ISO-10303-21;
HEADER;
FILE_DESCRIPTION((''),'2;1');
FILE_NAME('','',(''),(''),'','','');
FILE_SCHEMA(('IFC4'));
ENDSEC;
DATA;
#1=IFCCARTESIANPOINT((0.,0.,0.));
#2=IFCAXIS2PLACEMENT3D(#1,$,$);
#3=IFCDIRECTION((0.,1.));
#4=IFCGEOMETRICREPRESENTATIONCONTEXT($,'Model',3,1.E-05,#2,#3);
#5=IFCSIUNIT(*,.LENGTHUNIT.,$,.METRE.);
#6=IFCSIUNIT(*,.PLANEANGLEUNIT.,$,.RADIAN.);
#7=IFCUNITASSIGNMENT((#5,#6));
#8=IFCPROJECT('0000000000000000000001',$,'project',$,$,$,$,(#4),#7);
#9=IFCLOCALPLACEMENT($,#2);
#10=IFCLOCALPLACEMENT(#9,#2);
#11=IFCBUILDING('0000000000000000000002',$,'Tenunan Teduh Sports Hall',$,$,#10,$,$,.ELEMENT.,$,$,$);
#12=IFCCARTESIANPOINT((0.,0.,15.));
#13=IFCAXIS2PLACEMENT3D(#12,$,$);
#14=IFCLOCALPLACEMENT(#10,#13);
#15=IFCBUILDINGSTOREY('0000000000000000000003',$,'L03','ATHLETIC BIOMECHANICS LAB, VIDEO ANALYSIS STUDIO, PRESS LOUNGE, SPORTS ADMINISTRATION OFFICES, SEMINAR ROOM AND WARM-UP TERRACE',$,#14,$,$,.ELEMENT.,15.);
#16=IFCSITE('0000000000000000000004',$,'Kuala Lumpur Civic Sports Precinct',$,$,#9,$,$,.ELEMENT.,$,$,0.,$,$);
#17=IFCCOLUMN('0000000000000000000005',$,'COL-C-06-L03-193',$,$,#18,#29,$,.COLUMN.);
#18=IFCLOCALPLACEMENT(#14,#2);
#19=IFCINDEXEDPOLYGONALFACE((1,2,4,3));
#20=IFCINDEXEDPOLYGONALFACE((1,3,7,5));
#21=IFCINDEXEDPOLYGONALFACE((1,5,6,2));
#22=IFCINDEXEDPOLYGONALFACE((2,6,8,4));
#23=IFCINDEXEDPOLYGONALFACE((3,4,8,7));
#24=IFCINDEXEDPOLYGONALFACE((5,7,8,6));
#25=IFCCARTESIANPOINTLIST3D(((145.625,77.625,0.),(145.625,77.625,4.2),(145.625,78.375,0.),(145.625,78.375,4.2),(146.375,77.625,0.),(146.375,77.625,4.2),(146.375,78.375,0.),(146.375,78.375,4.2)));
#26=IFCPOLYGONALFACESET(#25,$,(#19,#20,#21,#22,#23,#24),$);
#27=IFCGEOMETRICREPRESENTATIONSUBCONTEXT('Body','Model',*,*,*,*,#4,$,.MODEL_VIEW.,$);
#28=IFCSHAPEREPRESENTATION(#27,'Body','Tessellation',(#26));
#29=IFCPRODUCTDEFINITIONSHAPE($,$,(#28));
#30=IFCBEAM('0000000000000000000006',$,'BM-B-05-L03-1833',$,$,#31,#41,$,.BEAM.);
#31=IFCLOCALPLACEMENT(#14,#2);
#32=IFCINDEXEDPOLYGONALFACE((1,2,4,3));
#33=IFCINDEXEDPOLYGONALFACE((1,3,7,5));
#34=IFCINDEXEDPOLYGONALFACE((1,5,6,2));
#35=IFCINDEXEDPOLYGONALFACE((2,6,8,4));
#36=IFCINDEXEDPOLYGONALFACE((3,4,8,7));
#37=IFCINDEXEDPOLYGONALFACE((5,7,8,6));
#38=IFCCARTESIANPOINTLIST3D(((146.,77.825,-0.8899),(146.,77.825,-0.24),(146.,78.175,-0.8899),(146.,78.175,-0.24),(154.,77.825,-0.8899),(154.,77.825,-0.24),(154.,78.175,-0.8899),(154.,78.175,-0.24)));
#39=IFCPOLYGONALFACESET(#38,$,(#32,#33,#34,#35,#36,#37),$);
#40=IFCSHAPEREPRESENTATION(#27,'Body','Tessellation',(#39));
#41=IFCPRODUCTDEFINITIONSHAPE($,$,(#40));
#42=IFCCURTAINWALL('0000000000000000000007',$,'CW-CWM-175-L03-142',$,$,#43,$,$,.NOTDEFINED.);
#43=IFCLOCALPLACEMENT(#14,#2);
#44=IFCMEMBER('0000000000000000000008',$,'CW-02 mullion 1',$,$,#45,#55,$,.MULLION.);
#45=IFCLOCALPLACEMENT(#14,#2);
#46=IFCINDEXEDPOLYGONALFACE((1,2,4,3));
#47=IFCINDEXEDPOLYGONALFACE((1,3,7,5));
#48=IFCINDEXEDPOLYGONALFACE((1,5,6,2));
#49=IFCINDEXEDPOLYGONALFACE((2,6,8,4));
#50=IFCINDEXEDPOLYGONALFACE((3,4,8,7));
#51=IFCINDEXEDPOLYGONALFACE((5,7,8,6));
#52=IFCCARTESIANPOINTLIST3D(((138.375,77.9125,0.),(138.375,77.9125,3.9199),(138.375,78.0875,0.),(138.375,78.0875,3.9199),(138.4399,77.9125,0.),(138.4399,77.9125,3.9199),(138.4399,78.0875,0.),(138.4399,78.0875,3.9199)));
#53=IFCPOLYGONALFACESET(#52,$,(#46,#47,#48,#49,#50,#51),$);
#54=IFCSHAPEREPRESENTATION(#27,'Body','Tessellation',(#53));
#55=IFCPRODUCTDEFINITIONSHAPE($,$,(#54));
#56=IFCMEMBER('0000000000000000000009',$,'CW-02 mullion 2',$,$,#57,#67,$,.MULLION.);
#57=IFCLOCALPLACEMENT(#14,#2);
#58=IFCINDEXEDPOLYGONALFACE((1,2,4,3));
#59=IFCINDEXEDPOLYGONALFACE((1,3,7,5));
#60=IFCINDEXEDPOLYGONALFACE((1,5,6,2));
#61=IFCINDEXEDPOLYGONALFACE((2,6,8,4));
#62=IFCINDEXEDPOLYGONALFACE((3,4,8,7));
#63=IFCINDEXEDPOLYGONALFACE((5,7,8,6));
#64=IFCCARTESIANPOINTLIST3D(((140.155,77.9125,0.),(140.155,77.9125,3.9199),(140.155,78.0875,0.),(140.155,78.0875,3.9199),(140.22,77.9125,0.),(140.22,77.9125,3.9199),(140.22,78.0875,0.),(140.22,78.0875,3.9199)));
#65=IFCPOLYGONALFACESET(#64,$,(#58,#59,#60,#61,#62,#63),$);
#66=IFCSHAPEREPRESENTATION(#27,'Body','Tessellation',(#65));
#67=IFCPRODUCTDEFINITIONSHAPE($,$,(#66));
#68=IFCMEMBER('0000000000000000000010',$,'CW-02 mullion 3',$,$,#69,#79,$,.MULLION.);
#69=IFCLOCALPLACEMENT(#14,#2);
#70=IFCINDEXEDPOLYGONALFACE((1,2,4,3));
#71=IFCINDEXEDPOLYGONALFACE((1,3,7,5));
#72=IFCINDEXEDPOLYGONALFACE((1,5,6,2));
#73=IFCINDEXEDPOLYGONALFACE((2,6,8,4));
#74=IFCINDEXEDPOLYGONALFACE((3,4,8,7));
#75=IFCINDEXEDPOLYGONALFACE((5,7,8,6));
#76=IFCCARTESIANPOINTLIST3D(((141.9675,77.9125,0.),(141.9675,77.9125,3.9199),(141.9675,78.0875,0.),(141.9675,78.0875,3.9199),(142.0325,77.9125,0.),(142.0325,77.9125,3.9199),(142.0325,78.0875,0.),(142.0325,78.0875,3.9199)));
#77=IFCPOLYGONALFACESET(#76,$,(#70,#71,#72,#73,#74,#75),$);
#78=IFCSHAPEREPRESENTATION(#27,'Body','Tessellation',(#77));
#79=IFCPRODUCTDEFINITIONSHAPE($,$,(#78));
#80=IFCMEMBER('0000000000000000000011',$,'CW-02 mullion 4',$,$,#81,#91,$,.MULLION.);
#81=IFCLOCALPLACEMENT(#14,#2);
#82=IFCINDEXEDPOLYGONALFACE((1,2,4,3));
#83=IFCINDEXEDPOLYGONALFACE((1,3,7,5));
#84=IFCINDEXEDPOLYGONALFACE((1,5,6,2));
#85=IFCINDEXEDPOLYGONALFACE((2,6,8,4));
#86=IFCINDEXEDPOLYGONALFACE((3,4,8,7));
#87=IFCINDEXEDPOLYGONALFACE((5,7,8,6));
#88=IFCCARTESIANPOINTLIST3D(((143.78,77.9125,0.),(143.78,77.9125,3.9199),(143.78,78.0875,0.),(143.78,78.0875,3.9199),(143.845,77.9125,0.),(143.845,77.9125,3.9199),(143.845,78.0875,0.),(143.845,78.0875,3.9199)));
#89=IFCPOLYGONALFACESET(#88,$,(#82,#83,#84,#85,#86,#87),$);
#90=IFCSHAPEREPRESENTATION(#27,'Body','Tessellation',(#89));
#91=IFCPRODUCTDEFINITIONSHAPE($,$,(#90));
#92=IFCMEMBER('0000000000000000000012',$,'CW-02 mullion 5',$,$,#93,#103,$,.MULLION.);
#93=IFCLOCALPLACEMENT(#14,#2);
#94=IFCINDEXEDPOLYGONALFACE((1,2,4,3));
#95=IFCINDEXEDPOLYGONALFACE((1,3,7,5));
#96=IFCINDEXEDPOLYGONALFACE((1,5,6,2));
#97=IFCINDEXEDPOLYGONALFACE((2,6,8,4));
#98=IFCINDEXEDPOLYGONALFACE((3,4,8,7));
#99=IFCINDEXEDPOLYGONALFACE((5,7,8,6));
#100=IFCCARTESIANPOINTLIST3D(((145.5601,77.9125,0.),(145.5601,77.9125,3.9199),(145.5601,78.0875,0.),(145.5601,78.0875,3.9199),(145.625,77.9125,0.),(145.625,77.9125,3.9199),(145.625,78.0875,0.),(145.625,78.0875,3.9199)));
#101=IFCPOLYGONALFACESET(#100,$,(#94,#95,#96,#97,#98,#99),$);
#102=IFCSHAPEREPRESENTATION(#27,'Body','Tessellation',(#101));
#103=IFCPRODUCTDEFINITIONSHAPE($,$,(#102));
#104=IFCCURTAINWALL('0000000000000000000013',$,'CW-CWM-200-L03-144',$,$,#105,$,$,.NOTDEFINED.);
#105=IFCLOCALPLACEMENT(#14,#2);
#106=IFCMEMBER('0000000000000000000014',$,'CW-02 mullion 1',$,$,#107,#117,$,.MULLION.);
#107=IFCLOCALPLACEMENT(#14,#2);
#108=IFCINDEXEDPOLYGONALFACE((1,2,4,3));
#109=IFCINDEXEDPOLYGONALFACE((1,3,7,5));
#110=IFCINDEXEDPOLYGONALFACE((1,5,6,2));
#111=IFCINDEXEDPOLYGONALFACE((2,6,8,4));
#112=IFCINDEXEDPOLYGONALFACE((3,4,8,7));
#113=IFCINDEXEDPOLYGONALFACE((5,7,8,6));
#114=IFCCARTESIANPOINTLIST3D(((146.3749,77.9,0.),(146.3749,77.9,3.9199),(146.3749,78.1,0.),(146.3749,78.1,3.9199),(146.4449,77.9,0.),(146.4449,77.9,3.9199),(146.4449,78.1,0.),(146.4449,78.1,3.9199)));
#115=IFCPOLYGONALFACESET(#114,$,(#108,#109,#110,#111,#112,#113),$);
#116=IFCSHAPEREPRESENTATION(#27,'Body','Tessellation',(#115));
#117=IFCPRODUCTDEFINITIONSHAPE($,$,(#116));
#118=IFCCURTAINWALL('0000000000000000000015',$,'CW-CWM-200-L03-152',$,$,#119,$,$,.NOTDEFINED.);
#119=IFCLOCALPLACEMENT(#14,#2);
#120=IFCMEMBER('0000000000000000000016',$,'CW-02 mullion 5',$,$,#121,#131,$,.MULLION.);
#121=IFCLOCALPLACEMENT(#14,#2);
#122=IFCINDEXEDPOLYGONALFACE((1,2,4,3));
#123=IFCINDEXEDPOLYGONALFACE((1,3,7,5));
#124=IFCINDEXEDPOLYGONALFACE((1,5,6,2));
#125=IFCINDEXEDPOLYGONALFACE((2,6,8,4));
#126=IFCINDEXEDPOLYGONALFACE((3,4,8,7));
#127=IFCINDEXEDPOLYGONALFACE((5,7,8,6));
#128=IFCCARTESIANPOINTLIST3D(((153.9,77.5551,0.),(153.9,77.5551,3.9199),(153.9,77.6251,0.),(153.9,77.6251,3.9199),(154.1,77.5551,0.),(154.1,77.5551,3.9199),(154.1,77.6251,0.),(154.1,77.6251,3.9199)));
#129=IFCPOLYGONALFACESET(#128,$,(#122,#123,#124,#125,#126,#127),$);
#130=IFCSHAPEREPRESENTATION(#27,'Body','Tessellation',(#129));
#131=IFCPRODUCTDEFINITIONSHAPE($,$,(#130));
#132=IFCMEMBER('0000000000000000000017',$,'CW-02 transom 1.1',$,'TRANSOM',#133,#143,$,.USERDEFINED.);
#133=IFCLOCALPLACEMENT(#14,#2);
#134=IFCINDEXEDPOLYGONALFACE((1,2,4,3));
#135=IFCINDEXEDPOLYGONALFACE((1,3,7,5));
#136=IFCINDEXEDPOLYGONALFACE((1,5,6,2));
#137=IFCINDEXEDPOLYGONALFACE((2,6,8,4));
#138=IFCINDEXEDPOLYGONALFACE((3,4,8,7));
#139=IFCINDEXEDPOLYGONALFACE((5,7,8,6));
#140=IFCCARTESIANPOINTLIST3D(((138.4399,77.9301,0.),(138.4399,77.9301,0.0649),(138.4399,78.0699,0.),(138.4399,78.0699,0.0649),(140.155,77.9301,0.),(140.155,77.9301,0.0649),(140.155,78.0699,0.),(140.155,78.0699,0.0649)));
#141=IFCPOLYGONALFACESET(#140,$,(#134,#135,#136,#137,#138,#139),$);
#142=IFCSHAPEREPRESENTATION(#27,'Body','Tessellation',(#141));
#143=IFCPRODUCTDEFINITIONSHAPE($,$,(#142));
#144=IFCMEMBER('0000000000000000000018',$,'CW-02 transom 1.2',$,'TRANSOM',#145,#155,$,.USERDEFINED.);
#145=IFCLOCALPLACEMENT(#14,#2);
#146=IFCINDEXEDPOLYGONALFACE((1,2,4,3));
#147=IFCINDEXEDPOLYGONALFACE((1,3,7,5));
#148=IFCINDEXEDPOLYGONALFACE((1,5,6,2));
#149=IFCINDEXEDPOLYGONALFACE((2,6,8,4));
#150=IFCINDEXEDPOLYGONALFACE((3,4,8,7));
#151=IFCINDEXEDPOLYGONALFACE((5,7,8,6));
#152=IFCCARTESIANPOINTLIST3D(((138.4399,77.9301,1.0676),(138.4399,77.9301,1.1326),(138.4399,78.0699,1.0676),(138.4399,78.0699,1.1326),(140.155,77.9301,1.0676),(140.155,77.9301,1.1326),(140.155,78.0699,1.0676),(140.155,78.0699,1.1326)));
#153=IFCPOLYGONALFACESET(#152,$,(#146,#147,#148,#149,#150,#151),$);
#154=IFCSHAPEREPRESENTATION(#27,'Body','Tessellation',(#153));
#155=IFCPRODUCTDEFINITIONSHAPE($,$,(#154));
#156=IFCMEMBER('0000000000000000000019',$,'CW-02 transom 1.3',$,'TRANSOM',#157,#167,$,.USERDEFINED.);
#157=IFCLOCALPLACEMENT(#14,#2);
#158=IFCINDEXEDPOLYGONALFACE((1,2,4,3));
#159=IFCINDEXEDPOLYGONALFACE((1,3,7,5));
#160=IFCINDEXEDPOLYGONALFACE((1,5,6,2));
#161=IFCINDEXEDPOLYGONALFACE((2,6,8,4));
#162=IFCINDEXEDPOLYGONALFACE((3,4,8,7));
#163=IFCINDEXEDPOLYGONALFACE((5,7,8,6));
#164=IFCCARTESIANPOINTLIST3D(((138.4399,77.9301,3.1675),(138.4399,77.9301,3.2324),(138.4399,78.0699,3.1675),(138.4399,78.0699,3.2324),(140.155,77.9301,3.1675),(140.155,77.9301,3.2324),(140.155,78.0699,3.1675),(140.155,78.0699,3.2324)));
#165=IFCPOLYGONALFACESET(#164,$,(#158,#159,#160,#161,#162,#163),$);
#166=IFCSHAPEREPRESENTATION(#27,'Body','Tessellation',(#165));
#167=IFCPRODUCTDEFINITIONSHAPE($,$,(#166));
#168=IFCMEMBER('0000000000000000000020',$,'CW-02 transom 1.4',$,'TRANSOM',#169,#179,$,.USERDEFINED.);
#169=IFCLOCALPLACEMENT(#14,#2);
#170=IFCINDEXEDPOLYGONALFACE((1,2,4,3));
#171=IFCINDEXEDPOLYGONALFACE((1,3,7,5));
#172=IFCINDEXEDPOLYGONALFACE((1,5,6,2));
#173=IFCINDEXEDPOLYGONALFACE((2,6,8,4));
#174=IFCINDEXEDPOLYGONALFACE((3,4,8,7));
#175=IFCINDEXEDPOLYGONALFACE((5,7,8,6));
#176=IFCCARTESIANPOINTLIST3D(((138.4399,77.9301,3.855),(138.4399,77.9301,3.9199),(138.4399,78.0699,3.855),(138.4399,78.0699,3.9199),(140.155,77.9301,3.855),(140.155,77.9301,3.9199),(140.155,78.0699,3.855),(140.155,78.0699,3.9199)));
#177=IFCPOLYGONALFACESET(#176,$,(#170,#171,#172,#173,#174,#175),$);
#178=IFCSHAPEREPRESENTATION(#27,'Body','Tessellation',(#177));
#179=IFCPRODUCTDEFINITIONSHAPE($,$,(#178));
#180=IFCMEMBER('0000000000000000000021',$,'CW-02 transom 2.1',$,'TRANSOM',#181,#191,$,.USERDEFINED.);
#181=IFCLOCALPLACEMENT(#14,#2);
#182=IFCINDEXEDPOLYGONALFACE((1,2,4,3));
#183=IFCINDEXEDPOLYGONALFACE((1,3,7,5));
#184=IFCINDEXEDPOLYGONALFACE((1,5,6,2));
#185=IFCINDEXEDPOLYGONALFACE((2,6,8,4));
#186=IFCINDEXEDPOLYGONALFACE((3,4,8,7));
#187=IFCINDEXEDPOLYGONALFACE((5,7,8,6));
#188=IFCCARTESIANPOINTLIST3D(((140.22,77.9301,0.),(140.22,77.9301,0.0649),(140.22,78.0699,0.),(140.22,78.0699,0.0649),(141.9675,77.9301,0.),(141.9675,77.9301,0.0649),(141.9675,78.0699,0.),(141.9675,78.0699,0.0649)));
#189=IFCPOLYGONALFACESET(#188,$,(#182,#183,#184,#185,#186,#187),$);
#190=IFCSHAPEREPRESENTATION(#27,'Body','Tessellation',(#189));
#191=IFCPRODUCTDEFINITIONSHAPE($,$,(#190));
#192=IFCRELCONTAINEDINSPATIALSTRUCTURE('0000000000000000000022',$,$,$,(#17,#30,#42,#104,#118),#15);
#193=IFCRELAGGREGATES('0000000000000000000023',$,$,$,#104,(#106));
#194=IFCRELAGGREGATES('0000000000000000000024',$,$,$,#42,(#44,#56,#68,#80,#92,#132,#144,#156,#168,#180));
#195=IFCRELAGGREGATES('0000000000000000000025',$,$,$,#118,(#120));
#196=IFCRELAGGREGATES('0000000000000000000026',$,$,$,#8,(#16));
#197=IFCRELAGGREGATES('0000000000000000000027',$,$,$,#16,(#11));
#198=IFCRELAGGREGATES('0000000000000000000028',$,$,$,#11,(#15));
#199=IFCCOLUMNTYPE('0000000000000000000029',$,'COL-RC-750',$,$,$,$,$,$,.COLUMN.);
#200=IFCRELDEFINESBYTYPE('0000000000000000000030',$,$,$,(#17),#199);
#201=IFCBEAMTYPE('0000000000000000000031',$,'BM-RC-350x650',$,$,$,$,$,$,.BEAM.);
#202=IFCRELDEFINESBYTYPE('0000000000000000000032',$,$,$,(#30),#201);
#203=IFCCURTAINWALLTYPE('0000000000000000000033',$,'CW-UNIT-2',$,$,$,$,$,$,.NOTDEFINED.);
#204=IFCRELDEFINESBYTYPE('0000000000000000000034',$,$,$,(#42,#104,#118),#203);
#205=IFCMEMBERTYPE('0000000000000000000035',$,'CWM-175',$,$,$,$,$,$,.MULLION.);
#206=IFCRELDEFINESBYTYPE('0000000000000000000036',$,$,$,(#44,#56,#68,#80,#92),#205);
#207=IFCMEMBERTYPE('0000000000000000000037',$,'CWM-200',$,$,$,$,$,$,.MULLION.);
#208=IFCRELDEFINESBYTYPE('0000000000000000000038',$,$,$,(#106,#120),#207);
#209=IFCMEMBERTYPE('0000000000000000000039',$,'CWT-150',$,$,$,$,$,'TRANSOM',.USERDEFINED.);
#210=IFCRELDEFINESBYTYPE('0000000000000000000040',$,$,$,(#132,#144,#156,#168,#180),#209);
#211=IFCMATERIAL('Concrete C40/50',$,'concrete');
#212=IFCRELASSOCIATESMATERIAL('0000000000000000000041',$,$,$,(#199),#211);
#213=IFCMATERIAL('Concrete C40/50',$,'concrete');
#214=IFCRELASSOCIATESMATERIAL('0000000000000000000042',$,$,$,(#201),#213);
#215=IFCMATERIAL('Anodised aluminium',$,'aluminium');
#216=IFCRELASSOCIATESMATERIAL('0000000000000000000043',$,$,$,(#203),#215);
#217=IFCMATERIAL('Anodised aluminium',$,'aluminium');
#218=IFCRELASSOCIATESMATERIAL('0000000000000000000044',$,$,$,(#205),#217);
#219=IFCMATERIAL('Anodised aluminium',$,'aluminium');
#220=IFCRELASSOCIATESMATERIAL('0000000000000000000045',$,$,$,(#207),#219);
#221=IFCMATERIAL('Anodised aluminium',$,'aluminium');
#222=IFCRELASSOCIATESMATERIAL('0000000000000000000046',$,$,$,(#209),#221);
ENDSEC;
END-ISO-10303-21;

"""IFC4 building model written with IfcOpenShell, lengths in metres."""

from ifc_helpers import new_model, si_unit, direction, frame, origin, origin_2d, place, context, subcontext, project, spatial, rectangle, extrude, material, material_profile, profile_set, type_object, element, aggregate, save


model = new_model("IFC4")

# Units and contexts
model_context = context("Model", 3, precision=1e-05, world=origin(), true_north=direction((0.0, 1.0)))
body_context = subcontext(model_context, "Body", "Model", "MODEL_VIEW")
ifc_project = project(units=[si_unit("LENGTHUNIT", "METRE"), si_unit("PLANEANGLEUNIT", "RADIAN")], contexts=[model_context])

# Site, building, storey
site_placement = place(None, origin())
site = spatial("IfcSite", under=ifc_project, at=site_placement, Name="Kuala Lumpur Civic Sports Precinct", CompositionType="ELEMENT", RefElevation=0.0)
building_placement = place(site_placement, origin())
building = spatial("IfcBuilding", under=site, at=building_placement, Name="Tenunan Teduh Sports Hall", CompositionType="ELEMENT")
storey_placement = place(building_placement, frame((0.0, 0.0, 15.0)))
storey = spatial("IfcBuildingStorey", under=building, at=storey_placement, Name="L03", Description="ATHLETIC BIOMECHANICS LAB, VIDEO ANALYSIS STUDIO, PRESS LOUNGE, SPORTS ADMINISTRATION OFFICES, SEMINAR ROOM AND WARM-UP TERRACE", CompositionType="ELEMENT", Elevation=15.0)

# Column
ifc_material_1 = material(Name="Concrete C40/50", Category="concrete")
ifc_material_profile_1 = material_profile(ifc_material_1, rectangle(XDim=0.75, YDim=0.75, at=origin_2d()), Name="RC 750x750")
ifc_profile_set_1 = profile_set([ifc_material_profile_1], Name="Concrete C40/50")
column_type = type_object("IfcColumnType", Name="COL-RC-750", PredefinedType="COLUMN", material=ifc_profile_set_1)
column_placement = place(storey_placement, frame((146.0, 78.0, 0.0), z_axis=(0.0, 0.0, 1.0), x_axis=(1.0, 0.0, 0.0)))
element("IfcColumn", 1, at=column_placement, inside=storey, type_object=column_type, Name="COL-C-06-L03-193", PredefinedType="COLUMN", context=body_context, shape_type="SweptSolid", body=[
    extrude(rectangle(XDim=0.75, YDim=0.75, at=origin_2d()), origin(), (0.0, 0.0, 1.0), 4.2),
])

# Beam
ifc_material_2 = material(Name="Concrete C40/50", Category="concrete")
ifc_material_profile_2 = material_profile(ifc_material_2, rectangle(XDim=0.3501, YDim=0.6499, at=origin_2d()), Name="RCB 350x650")
ifc_profile_set_2 = profile_set([ifc_material_profile_2], Name="Concrete C40/50")
beam_type = type_object("IfcBeamType", Name="BM-RC-350x650", PredefinedType="BEAM", material=ifc_profile_set_2)
beam_placement = place(storey_placement, frame((146.0, 78.0, -0.5649), z_axis=(1.0, 0.0, 0.0), x_axis=(0.0, 1.0, 0.0)))
element("IfcBeam", 2, at=beam_placement, inside=storey, type_object=beam_type, Name="BM-B-05-L03-1833", PredefinedType="BEAM", context=body_context, shape_type="SweptSolid", body=[
    extrude(rectangle(XDim=0.3501, YDim=0.6499, at=origin_2d()), origin(), (0.0, 0.0, 1.0), 8.0),
])

# Curtain wall, members
ifc_material_3 = material(Name="Anodised aluminium", Category="aluminium")
curtain_wall_type = type_object("IfcCurtainWallType", Name="CW-UNIT-2", PredefinedType="NOTDEFINED", material=ifc_material_3)
curtain_wall_1_placement = place(storey_placement, origin())
curtain_wall_1 = element("IfcCurtainWall", 3, at=curtain_wall_1_placement, inside=storey, type_object=curtain_wall_type, Name="CW-CWM-175-L03-142", PredefinedType="NOTDEFINED")
ifc_material_4 = material(Name="Anodised aluminium", Category="aluminium")
ifc_material_profile_3 = material_profile(ifc_material_4, rectangle(XDim=0.0649, YDim=0.175, at=origin_2d()), Name="CWM 65x175")
ifc_profile_set_3 = profile_set([ifc_material_profile_3], Name="Anodised aluminium")
member_type_1 = type_object("IfcMemberType", Name="CWM-175", PredefinedType="MULLION", material=ifc_profile_set_3)
member_1_placement = place(storey_placement, frame((138.4075, 78.0, 0.0), z_axis=(0.0, 0.0, 1.0), x_axis=(1.0, 0.0, 0.0)))
member_1 = element("IfcMember", 4, at=member_1_placement, type_object=member_type_1, Name="CW-02 mullion 1", PredefinedType="MULLION", context=body_context, shape_type="SweptSolid", body=[
    extrude(rectangle(XDim=0.0649, YDim=0.175, at=origin_2d()), origin(), (0.0, 0.0, 1.0), 3.9199),
])
member_2_placement = place(storey_placement, frame((140.1875, 78.0, 0.0), z_axis=(0.0, 0.0, 1.0), x_axis=(1.0, 0.0, 0.0)))
member_2 = element("IfcMember", 5, at=member_2_placement, type_object=member_type_1, Name="CW-02 mullion 2", PredefinedType="MULLION", context=body_context, shape_type="SweptSolid", body=[
    extrude(rectangle(XDim=0.0649, YDim=0.175, at=origin_2d()), origin(), (0.0, 0.0, 1.0), 3.9199),
])
member_3_placement = place(storey_placement, frame((142.0, 78.0, 0.0), z_axis=(0.0, 0.0, 1.0), x_axis=(1.0, 0.0, 0.0)))
member_3 = element("IfcMember", 6, at=member_3_placement, type_object=member_type_1, Name="CW-02 mullion 3", PredefinedType="MULLION", context=body_context, shape_type="SweptSolid", body=[
    extrude(rectangle(XDim=0.0649, YDim=0.175, at=origin_2d()), origin(), (0.0, 0.0, 1.0), 3.9199),
])
member_4_placement = place(storey_placement, frame((143.8125, 78.0, 0.0), z_axis=(0.0, 0.0, 1.0), x_axis=(1.0, 0.0, 0.0)))
member_4 = element("IfcMember", 7, at=member_4_placement, type_object=member_type_1, Name="CW-02 mullion 4", PredefinedType="MULLION", context=body_context, shape_type="SweptSolid", body=[
    extrude(rectangle(XDim=0.0649, YDim=0.175, at=origin_2d()), origin(), (0.0, 0.0, 1.0), 3.9199),
])
member_5_placement = place(storey_placement, frame((145.5925, 78.0, 0.0), z_axis=(0.0, 0.0, 1.0), x_axis=(1.0, 0.0, 0.0)))
member_5 = element("IfcMember", 8, at=member_5_placement, type_object=member_type_1, Name="CW-02 mullion 5", PredefinedType="MULLION", context=body_context, shape_type="SweptSolid", body=[
    extrude(rectangle(XDim=0.0649, YDim=0.175, at=origin_2d()), origin(), (0.0, 0.0, 1.0), 3.9199),
])

# Curtain walls, members
curtain_wall_2_placement = place(storey_placement, origin())
curtain_wall_2 = element("IfcCurtainWall", 9, at=curtain_wall_2_placement, inside=storey, type_object=curtain_wall_type, Name="CW-CWM-200-L03-144", PredefinedType="NOTDEFINED")
ifc_material_5 = material(Name="Anodised aluminium", Category="aluminium")
ifc_material_profile_4 = material_profile(ifc_material_5, rectangle(XDim=0.0701, YDim=0.2, at=origin_2d()), Name="CWM 70x200")
ifc_profile_set_4 = profile_set([ifc_material_profile_4], Name="Anodised aluminium")
member_type_2 = type_object("IfcMemberType", Name="CWM-200", PredefinedType="MULLION", material=ifc_profile_set_4)
member_6_placement = place(storey_placement, frame((146.4099, 78.0, 0.0), z_axis=(0.0, 0.0, 1.0), x_axis=(1.0, 0.0, 0.0)))
member_6 = element("IfcMember", 10, at=member_6_placement, type_object=member_type_2, Name="CW-02 mullion 1", PredefinedType="MULLION", context=body_context, shape_type="SweptSolid", body=[
    extrude(rectangle(XDim=0.0701, YDim=0.2, at=origin_2d()), origin(), (0.0, 0.0, 1.0), 3.9199),
])
aggregate(curtain_wall_2, [member_6])
curtain_wall_3_placement = place(storey_placement, origin())
curtain_wall_3 = element("IfcCurtainWall", 11, at=curtain_wall_3_placement, inside=storey, type_object=curtain_wall_type, Name="CW-CWM-200-L03-152", PredefinedType="NOTDEFINED")
member_7_placement = place(storey_placement, frame((154.0, 77.5901, 0.0), z_axis=(0.0, 0.0, 1.0), x_axis=(0.0, 1.0, 0.0)))
member_7 = element("IfcMember", 12, at=member_7_placement, type_object=member_type_2, Name="CW-02 mullion 5", PredefinedType="MULLION", context=body_context, shape_type="SweptSolid", body=[
    extrude(rectangle(XDim=0.0701, YDim=0.2, at=origin_2d()), origin(), (0.0, 0.0, 1.0), 3.9199),
])

# Members
ifc_material_6 = material(Name="Anodised aluminium", Category="aluminium")
ifc_material_profile_5 = material_profile(ifc_material_6, rectangle(XDim=0.0649, YDim=0.1399, at=origin_2d()), Name="CWT 65x140")
ifc_profile_set_5 = profile_set([ifc_material_profile_5], Name="Anodised aluminium")
member_type_3 = type_object("IfcMemberType", Name="CWT-150", ElementType="TRANSOM", PredefinedType="USERDEFINED", material=ifc_profile_set_5)
member_8_placement = place(storey_placement, frame((138.4399, 78.0, 0.0325), z_axis=(1.0, 0.0, 0.0), x_axis=(0.0, 0.0, 1.0)))
member_8 = element("IfcMember", 13, at=member_8_placement, type_object=member_type_3, Name="CW-02 transom 1.1", ObjectType="TRANSOM", PredefinedType="USERDEFINED", context=body_context, shape_type="SweptSolid", body=[
    extrude(rectangle(XDim=0.0649, YDim=0.1399, at=origin_2d()), origin(), (0.0, 0.0, 1.0), 1.7151),
])
member_9_placement = place(storey_placement, frame((138.4399, 78.0, 1.1001), z_axis=(1.0, 0.0, 0.0), x_axis=(0.0, 0.0, 1.0)))
member_9 = element("IfcMember", 14, at=member_9_placement, type_object=member_type_3, Name="CW-02 transom 1.2", ObjectType="TRANSOM", PredefinedType="USERDEFINED", context=body_context, shape_type="SweptSolid", body=[
    extrude(rectangle(XDim=0.0649, YDim=0.1399, at=origin_2d()), origin(), (0.0, 0.0, 1.0), 1.7151),
])
member_10_placement = place(storey_placement, frame((138.4399, 78.0, 3.2), z_axis=(1.0, 0.0, 0.0), x_axis=(0.0, 0.0, 1.0)))
member_10 = element("IfcMember", 15, at=member_10_placement, type_object=member_type_3, Name="CW-02 transom 1.3", ObjectType="TRANSOM", PredefinedType="USERDEFINED", context=body_context, shape_type="SweptSolid", body=[
    extrude(rectangle(XDim=0.0649, YDim=0.1399, at=origin_2d()), origin(), (0.0, 0.0, 1.0), 1.7151),
])
member_11_placement = place(storey_placement, frame((138.4399, 78.0, 3.8875), z_axis=(1.0, 0.0, 0.0), x_axis=(0.0, 0.0, 1.0)))
member_11 = element("IfcMember", 16, at=member_11_placement, type_object=member_type_3, Name="CW-02 transom 1.4", ObjectType="TRANSOM", PredefinedType="USERDEFINED", context=body_context, shape_type="SweptSolid", body=[
    extrude(rectangle(XDim=0.0649, YDim=0.1399, at=origin_2d()), origin(), (0.0, 0.0, 1.0), 1.7151),
])
member_12_placement = place(storey_placement, frame((140.22, 78.0, 0.0325), z_axis=(1.0, 0.0, 0.0), x_axis=(0.0, 0.0, 1.0)))
member_12 = element("IfcMember", 17, at=member_12_placement, type_object=member_type_3, Name="CW-02 transom 2.1", ObjectType="TRANSOM", PredefinedType="USERDEFINED", context=body_context, shape_type="SweptSolid", body=[
    extrude(rectangle(XDim=0.0649, YDim=0.1399, at=origin_2d()), origin(), (0.0, 0.0, 1.0), 1.7476),
])

aggregate(curtain_wall_1, [member_1, member_2, member_3, member_4, member_5, member_8, member_9, member_10, member_11, member_12])
aggregate(curtain_wall_3, [member_7])

save(model, "model.ifc")
